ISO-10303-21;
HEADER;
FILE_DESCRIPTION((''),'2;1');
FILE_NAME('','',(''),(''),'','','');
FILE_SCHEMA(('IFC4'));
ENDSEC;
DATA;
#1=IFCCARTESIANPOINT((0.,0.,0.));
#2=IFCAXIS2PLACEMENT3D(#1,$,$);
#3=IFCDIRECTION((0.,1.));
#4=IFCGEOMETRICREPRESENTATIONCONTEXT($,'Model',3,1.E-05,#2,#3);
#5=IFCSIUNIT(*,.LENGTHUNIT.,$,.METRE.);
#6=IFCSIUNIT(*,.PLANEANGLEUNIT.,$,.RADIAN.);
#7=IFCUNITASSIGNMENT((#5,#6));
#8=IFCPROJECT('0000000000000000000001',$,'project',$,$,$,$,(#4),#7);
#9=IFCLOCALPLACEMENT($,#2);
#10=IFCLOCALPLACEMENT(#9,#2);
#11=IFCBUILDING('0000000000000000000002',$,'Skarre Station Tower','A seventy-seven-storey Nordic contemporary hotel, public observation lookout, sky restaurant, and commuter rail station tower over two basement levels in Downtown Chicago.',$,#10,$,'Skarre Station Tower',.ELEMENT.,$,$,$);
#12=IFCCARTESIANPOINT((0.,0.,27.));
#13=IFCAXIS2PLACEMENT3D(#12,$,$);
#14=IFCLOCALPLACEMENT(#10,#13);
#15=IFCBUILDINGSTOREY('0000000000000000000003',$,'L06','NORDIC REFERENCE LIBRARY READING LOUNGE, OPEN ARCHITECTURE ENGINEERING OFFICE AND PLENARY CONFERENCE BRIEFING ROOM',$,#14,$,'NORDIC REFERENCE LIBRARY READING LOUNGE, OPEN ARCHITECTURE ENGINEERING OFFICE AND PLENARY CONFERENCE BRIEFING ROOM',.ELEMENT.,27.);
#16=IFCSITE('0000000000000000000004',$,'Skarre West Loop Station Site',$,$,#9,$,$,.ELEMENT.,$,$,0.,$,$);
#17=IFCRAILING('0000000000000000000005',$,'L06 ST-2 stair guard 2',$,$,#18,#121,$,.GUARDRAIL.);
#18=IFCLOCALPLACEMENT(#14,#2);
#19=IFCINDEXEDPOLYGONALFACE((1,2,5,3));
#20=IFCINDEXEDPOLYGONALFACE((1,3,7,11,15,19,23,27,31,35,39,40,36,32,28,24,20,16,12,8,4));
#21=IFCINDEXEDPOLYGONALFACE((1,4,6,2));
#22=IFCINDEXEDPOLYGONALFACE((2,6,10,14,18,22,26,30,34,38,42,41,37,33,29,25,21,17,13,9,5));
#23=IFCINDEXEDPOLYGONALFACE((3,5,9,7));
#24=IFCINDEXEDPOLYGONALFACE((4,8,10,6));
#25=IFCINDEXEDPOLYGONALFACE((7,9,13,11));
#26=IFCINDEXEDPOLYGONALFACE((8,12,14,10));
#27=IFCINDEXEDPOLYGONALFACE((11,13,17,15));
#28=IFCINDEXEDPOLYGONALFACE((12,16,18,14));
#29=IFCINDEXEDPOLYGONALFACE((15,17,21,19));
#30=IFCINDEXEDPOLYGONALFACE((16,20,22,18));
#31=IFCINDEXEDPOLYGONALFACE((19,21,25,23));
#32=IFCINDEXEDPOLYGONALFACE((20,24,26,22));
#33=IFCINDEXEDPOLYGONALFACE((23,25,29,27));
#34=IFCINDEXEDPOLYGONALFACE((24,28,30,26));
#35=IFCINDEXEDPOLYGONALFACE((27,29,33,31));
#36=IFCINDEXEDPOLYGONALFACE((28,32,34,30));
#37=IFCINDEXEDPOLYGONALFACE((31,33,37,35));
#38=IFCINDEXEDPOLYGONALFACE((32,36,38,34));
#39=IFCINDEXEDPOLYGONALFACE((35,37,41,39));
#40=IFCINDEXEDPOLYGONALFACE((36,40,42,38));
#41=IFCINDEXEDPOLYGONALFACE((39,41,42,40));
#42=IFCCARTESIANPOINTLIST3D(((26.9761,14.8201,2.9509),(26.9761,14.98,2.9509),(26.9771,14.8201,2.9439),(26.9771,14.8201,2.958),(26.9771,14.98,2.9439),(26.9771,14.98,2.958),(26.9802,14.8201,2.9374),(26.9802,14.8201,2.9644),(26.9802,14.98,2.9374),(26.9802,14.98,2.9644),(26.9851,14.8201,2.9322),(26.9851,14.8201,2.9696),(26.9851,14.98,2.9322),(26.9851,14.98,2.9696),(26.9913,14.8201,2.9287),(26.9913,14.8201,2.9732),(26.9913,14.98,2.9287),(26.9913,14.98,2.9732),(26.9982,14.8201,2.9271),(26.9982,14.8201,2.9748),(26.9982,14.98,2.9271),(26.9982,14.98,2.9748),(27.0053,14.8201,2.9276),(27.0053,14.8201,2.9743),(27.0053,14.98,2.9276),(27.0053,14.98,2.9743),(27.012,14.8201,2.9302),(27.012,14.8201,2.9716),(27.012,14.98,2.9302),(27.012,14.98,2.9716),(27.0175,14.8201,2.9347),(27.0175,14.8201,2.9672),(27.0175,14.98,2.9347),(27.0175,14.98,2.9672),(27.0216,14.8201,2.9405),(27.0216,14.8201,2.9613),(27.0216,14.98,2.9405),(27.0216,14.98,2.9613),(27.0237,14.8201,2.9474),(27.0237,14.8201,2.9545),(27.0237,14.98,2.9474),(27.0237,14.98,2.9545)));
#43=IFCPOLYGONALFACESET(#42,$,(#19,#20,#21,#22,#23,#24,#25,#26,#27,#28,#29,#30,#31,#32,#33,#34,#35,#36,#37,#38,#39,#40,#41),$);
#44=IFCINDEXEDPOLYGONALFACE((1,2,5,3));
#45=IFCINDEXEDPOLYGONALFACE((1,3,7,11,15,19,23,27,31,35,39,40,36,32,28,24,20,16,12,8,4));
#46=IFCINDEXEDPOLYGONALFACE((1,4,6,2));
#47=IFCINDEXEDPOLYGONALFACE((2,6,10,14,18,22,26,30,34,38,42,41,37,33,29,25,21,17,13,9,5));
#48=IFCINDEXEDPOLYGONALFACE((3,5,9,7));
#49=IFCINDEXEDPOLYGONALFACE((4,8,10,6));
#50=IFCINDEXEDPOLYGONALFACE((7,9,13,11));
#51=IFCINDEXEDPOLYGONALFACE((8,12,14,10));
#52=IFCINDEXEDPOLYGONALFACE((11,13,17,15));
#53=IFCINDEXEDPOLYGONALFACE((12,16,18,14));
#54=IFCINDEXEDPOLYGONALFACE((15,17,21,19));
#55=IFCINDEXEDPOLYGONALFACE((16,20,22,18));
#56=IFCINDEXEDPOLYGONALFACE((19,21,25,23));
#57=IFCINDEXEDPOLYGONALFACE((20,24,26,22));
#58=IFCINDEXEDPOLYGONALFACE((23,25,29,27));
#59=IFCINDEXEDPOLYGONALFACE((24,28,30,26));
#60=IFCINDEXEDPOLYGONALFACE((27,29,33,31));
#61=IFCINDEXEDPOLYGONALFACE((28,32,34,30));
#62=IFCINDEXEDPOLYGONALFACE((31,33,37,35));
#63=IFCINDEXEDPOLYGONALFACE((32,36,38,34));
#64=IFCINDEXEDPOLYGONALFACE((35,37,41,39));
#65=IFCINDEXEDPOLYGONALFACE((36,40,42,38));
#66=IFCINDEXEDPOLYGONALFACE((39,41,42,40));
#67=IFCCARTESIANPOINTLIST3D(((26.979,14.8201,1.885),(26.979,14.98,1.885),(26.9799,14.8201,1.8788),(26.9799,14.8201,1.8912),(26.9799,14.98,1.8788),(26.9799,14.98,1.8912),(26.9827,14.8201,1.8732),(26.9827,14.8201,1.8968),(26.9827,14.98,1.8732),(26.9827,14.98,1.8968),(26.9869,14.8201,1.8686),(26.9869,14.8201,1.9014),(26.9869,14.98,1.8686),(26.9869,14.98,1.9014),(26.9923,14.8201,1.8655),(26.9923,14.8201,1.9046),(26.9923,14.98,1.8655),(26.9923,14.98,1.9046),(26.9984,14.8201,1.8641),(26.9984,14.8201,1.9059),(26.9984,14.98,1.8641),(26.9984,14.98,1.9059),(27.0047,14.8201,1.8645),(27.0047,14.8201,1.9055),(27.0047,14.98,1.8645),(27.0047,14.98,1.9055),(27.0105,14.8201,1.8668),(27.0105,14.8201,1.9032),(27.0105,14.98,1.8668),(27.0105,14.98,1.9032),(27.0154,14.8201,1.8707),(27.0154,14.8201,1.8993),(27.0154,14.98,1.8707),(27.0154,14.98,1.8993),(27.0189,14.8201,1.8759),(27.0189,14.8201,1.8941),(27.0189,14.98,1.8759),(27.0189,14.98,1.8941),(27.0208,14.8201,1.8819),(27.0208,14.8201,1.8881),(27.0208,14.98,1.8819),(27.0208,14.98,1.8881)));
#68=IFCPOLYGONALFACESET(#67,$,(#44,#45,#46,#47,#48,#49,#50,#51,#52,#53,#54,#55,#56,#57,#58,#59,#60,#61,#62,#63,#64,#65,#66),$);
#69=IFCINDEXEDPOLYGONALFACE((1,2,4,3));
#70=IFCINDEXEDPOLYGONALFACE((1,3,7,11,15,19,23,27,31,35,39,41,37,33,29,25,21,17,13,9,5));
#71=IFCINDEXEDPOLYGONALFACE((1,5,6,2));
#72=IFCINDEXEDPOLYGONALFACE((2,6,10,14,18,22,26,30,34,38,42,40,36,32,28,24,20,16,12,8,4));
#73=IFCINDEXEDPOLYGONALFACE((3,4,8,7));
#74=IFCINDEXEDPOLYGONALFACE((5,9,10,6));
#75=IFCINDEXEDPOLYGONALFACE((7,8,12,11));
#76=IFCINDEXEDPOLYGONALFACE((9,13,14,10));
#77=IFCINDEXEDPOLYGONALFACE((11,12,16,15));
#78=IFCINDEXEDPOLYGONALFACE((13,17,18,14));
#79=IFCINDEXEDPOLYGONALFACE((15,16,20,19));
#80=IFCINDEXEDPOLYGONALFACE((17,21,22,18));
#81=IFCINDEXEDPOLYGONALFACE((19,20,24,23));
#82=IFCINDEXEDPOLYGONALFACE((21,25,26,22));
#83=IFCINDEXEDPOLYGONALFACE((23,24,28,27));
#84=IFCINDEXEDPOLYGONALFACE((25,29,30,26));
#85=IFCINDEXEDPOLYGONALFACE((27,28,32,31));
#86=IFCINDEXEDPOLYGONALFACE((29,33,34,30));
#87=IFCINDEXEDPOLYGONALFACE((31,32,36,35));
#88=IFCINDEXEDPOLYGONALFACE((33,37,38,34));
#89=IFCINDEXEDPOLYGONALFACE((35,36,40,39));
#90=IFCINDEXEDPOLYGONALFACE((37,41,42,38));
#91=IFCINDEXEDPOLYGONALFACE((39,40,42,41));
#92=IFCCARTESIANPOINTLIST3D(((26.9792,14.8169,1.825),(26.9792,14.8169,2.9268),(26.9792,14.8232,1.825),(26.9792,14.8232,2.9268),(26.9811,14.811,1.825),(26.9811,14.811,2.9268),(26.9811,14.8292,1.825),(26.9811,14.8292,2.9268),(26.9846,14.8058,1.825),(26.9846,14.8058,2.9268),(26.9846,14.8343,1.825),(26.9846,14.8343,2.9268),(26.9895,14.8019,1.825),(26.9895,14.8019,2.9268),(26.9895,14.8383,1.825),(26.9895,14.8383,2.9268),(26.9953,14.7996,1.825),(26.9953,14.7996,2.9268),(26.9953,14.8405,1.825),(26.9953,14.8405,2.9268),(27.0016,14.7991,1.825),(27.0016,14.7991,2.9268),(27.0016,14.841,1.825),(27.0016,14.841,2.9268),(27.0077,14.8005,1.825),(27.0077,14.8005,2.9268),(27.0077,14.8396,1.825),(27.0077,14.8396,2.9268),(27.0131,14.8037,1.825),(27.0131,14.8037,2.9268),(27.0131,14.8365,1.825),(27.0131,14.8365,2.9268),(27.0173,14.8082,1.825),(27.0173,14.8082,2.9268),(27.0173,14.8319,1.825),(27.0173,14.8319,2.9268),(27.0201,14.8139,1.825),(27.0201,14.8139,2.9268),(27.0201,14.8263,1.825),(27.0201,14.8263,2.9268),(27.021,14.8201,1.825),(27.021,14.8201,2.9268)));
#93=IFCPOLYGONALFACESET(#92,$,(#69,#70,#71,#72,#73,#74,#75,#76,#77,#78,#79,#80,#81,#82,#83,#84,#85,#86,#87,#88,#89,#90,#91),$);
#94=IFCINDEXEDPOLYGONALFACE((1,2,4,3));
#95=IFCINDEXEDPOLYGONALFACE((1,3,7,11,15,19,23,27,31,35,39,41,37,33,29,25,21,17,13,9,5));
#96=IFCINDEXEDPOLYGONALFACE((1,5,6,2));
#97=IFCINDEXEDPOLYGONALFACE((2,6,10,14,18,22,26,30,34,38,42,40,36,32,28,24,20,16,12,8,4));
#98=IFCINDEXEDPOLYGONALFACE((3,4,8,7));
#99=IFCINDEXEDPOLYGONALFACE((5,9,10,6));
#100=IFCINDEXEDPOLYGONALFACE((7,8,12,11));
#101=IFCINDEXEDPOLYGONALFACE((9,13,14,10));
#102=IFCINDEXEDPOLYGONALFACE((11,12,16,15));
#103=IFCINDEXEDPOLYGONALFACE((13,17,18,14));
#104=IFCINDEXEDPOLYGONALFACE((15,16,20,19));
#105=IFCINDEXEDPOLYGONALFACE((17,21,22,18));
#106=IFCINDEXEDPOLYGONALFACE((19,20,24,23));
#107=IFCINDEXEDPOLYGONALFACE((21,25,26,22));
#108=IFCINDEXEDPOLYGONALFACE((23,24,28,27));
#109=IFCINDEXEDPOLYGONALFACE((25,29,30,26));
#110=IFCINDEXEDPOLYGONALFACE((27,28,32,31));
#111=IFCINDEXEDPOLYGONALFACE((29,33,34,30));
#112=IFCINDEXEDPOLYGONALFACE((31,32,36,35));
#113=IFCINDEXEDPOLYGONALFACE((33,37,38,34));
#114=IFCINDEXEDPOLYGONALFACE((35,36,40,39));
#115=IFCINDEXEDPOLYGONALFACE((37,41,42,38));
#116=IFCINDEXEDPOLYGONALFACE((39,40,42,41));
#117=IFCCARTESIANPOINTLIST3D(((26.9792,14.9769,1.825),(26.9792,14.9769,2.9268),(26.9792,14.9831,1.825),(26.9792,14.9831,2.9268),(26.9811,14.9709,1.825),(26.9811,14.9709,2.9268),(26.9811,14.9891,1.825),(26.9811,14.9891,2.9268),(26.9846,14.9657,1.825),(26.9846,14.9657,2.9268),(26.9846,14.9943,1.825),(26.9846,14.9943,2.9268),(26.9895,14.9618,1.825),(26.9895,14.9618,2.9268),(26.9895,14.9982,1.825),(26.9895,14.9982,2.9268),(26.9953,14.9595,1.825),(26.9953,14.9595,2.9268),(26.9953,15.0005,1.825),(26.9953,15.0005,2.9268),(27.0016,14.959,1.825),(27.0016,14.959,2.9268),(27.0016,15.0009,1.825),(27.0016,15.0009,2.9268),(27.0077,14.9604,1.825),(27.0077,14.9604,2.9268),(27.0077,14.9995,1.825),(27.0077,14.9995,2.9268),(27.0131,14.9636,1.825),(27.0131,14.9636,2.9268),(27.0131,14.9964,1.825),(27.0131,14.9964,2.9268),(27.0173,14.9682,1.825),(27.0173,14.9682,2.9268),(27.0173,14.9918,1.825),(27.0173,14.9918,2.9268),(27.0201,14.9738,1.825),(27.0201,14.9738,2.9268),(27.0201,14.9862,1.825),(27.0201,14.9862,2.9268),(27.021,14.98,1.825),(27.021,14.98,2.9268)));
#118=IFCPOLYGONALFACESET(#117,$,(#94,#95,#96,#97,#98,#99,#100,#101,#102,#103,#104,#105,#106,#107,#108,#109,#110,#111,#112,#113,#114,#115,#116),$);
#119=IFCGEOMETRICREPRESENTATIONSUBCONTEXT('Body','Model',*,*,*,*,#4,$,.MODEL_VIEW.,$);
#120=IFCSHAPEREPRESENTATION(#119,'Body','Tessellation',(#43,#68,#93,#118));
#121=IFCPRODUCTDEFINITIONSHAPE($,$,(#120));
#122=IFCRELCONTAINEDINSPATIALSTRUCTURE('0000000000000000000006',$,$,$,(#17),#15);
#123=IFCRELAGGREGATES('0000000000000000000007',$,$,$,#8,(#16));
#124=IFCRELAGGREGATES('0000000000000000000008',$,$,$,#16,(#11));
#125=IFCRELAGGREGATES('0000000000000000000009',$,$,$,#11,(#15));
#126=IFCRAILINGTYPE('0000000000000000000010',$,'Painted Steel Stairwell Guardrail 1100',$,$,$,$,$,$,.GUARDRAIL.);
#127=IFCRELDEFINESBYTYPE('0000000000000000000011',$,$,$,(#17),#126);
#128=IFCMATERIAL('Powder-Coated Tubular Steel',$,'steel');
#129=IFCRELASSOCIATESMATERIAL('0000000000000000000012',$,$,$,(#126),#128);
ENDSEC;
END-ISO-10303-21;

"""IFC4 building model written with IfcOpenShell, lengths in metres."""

from ifc_helpers import new_model, si_unit, direction, frame, origin, origin_2d, place, context, subcontext, project, spatial, circle, extrude, material, type_object, element, save


model = new_model("IFC4")

# Units and contexts
model_context = context("Model", 3, precision=1e-05, world=origin(), true_north=direction((0.0, 1.0)))
body_context = subcontext(model_context, "Body", "Model", "MODEL_VIEW")
ifc_project = project(units=[si_unit("LENGTHUNIT", "METRE"), si_unit("PLANEANGLEUNIT", "RADIAN")], contexts=[model_context])

# Site, building, storey
site_placement = place(None, origin())
site = spatial("IfcSite", under=ifc_project, at=site_placement, Name="Skarre West Loop Station Site", CompositionType="ELEMENT", RefElevation=0.0)
building_placement = place(site_placement, origin())
building = spatial("IfcBuilding", under=site, at=building_placement, Name="Skarre Station Tower", Description="A seventy-seven-storey Nordic contemporary hotel, public observation lookout, sky restaurant, and commuter rail station tower over two basement levels in Downtown Chicago.", LongName="Skarre Station Tower", CompositionType="ELEMENT")
storey_placement = place(building_placement, frame((0.0, 0.0, 27.0)))
storey = spatial("IfcBuildingStorey", under=building, at=storey_placement, Name="L06", Description="NORDIC REFERENCE LIBRARY READING LOUNGE, OPEN ARCHITECTURE ENGINEERING OFFICE AND PLENARY CONFERENCE BRIEFING ROOM", LongName="NORDIC REFERENCE LIBRARY READING LOUNGE, OPEN ARCHITECTURE ENGINEERING OFFICE AND PLENARY CONFERENCE BRIEFING ROOM", CompositionType="ELEMENT", Elevation=27.0)

# Railing
ifc_material_1 = material(Name="Powder-Coated Tubular Steel", Category="steel")
railing_type_1 = type_object("IfcRailingType", Name="Painted Steel Stairwell Guardrail 1100", PredefinedType="GUARDRAIL", material=ifc_material_1)
railing_1_placement = place(storey_placement, frame((27.0, 14.8201, 1.825)))
element("IfcRailing", 1, at=railing_1_placement, inside=storey, type_object=railing_type_1, Name="L06 ST-2 stair guard 2", PredefinedType="GUARDRAIL", context=body_context, shape_type="SweptSolid", body=[
    extrude(circle(Radius=0.0239, at=origin_2d()), frame((0.0, 0.0, 1.126), z_axis=(0.0, 1.0, 0.0), x_axis=(-1.0, 0.0, 0.0)), (0.0, 0.0, 1.0), 0.1599),
    extrude(circle(Radius=0.021, at=origin_2d()), frame((0.0, 0.0, 0.0601), z_axis=(0.0, 1.0, 0.0), x_axis=(-1.0, 0.0, 0.0)), (0.0, 0.0, 1.0), 0.1599),
    extrude(circle(Radius=0.021, at=origin_2d()), origin(), (0.0, 0.0, 1.0), 1.1018),
    extrude(circle(Radius=0.021, at=origin_2d()), frame((0.0, 0.1599, 0.0)), (0.0, 0.0, 1.0), 1.1018),
])

save(model, "model.ifc")
